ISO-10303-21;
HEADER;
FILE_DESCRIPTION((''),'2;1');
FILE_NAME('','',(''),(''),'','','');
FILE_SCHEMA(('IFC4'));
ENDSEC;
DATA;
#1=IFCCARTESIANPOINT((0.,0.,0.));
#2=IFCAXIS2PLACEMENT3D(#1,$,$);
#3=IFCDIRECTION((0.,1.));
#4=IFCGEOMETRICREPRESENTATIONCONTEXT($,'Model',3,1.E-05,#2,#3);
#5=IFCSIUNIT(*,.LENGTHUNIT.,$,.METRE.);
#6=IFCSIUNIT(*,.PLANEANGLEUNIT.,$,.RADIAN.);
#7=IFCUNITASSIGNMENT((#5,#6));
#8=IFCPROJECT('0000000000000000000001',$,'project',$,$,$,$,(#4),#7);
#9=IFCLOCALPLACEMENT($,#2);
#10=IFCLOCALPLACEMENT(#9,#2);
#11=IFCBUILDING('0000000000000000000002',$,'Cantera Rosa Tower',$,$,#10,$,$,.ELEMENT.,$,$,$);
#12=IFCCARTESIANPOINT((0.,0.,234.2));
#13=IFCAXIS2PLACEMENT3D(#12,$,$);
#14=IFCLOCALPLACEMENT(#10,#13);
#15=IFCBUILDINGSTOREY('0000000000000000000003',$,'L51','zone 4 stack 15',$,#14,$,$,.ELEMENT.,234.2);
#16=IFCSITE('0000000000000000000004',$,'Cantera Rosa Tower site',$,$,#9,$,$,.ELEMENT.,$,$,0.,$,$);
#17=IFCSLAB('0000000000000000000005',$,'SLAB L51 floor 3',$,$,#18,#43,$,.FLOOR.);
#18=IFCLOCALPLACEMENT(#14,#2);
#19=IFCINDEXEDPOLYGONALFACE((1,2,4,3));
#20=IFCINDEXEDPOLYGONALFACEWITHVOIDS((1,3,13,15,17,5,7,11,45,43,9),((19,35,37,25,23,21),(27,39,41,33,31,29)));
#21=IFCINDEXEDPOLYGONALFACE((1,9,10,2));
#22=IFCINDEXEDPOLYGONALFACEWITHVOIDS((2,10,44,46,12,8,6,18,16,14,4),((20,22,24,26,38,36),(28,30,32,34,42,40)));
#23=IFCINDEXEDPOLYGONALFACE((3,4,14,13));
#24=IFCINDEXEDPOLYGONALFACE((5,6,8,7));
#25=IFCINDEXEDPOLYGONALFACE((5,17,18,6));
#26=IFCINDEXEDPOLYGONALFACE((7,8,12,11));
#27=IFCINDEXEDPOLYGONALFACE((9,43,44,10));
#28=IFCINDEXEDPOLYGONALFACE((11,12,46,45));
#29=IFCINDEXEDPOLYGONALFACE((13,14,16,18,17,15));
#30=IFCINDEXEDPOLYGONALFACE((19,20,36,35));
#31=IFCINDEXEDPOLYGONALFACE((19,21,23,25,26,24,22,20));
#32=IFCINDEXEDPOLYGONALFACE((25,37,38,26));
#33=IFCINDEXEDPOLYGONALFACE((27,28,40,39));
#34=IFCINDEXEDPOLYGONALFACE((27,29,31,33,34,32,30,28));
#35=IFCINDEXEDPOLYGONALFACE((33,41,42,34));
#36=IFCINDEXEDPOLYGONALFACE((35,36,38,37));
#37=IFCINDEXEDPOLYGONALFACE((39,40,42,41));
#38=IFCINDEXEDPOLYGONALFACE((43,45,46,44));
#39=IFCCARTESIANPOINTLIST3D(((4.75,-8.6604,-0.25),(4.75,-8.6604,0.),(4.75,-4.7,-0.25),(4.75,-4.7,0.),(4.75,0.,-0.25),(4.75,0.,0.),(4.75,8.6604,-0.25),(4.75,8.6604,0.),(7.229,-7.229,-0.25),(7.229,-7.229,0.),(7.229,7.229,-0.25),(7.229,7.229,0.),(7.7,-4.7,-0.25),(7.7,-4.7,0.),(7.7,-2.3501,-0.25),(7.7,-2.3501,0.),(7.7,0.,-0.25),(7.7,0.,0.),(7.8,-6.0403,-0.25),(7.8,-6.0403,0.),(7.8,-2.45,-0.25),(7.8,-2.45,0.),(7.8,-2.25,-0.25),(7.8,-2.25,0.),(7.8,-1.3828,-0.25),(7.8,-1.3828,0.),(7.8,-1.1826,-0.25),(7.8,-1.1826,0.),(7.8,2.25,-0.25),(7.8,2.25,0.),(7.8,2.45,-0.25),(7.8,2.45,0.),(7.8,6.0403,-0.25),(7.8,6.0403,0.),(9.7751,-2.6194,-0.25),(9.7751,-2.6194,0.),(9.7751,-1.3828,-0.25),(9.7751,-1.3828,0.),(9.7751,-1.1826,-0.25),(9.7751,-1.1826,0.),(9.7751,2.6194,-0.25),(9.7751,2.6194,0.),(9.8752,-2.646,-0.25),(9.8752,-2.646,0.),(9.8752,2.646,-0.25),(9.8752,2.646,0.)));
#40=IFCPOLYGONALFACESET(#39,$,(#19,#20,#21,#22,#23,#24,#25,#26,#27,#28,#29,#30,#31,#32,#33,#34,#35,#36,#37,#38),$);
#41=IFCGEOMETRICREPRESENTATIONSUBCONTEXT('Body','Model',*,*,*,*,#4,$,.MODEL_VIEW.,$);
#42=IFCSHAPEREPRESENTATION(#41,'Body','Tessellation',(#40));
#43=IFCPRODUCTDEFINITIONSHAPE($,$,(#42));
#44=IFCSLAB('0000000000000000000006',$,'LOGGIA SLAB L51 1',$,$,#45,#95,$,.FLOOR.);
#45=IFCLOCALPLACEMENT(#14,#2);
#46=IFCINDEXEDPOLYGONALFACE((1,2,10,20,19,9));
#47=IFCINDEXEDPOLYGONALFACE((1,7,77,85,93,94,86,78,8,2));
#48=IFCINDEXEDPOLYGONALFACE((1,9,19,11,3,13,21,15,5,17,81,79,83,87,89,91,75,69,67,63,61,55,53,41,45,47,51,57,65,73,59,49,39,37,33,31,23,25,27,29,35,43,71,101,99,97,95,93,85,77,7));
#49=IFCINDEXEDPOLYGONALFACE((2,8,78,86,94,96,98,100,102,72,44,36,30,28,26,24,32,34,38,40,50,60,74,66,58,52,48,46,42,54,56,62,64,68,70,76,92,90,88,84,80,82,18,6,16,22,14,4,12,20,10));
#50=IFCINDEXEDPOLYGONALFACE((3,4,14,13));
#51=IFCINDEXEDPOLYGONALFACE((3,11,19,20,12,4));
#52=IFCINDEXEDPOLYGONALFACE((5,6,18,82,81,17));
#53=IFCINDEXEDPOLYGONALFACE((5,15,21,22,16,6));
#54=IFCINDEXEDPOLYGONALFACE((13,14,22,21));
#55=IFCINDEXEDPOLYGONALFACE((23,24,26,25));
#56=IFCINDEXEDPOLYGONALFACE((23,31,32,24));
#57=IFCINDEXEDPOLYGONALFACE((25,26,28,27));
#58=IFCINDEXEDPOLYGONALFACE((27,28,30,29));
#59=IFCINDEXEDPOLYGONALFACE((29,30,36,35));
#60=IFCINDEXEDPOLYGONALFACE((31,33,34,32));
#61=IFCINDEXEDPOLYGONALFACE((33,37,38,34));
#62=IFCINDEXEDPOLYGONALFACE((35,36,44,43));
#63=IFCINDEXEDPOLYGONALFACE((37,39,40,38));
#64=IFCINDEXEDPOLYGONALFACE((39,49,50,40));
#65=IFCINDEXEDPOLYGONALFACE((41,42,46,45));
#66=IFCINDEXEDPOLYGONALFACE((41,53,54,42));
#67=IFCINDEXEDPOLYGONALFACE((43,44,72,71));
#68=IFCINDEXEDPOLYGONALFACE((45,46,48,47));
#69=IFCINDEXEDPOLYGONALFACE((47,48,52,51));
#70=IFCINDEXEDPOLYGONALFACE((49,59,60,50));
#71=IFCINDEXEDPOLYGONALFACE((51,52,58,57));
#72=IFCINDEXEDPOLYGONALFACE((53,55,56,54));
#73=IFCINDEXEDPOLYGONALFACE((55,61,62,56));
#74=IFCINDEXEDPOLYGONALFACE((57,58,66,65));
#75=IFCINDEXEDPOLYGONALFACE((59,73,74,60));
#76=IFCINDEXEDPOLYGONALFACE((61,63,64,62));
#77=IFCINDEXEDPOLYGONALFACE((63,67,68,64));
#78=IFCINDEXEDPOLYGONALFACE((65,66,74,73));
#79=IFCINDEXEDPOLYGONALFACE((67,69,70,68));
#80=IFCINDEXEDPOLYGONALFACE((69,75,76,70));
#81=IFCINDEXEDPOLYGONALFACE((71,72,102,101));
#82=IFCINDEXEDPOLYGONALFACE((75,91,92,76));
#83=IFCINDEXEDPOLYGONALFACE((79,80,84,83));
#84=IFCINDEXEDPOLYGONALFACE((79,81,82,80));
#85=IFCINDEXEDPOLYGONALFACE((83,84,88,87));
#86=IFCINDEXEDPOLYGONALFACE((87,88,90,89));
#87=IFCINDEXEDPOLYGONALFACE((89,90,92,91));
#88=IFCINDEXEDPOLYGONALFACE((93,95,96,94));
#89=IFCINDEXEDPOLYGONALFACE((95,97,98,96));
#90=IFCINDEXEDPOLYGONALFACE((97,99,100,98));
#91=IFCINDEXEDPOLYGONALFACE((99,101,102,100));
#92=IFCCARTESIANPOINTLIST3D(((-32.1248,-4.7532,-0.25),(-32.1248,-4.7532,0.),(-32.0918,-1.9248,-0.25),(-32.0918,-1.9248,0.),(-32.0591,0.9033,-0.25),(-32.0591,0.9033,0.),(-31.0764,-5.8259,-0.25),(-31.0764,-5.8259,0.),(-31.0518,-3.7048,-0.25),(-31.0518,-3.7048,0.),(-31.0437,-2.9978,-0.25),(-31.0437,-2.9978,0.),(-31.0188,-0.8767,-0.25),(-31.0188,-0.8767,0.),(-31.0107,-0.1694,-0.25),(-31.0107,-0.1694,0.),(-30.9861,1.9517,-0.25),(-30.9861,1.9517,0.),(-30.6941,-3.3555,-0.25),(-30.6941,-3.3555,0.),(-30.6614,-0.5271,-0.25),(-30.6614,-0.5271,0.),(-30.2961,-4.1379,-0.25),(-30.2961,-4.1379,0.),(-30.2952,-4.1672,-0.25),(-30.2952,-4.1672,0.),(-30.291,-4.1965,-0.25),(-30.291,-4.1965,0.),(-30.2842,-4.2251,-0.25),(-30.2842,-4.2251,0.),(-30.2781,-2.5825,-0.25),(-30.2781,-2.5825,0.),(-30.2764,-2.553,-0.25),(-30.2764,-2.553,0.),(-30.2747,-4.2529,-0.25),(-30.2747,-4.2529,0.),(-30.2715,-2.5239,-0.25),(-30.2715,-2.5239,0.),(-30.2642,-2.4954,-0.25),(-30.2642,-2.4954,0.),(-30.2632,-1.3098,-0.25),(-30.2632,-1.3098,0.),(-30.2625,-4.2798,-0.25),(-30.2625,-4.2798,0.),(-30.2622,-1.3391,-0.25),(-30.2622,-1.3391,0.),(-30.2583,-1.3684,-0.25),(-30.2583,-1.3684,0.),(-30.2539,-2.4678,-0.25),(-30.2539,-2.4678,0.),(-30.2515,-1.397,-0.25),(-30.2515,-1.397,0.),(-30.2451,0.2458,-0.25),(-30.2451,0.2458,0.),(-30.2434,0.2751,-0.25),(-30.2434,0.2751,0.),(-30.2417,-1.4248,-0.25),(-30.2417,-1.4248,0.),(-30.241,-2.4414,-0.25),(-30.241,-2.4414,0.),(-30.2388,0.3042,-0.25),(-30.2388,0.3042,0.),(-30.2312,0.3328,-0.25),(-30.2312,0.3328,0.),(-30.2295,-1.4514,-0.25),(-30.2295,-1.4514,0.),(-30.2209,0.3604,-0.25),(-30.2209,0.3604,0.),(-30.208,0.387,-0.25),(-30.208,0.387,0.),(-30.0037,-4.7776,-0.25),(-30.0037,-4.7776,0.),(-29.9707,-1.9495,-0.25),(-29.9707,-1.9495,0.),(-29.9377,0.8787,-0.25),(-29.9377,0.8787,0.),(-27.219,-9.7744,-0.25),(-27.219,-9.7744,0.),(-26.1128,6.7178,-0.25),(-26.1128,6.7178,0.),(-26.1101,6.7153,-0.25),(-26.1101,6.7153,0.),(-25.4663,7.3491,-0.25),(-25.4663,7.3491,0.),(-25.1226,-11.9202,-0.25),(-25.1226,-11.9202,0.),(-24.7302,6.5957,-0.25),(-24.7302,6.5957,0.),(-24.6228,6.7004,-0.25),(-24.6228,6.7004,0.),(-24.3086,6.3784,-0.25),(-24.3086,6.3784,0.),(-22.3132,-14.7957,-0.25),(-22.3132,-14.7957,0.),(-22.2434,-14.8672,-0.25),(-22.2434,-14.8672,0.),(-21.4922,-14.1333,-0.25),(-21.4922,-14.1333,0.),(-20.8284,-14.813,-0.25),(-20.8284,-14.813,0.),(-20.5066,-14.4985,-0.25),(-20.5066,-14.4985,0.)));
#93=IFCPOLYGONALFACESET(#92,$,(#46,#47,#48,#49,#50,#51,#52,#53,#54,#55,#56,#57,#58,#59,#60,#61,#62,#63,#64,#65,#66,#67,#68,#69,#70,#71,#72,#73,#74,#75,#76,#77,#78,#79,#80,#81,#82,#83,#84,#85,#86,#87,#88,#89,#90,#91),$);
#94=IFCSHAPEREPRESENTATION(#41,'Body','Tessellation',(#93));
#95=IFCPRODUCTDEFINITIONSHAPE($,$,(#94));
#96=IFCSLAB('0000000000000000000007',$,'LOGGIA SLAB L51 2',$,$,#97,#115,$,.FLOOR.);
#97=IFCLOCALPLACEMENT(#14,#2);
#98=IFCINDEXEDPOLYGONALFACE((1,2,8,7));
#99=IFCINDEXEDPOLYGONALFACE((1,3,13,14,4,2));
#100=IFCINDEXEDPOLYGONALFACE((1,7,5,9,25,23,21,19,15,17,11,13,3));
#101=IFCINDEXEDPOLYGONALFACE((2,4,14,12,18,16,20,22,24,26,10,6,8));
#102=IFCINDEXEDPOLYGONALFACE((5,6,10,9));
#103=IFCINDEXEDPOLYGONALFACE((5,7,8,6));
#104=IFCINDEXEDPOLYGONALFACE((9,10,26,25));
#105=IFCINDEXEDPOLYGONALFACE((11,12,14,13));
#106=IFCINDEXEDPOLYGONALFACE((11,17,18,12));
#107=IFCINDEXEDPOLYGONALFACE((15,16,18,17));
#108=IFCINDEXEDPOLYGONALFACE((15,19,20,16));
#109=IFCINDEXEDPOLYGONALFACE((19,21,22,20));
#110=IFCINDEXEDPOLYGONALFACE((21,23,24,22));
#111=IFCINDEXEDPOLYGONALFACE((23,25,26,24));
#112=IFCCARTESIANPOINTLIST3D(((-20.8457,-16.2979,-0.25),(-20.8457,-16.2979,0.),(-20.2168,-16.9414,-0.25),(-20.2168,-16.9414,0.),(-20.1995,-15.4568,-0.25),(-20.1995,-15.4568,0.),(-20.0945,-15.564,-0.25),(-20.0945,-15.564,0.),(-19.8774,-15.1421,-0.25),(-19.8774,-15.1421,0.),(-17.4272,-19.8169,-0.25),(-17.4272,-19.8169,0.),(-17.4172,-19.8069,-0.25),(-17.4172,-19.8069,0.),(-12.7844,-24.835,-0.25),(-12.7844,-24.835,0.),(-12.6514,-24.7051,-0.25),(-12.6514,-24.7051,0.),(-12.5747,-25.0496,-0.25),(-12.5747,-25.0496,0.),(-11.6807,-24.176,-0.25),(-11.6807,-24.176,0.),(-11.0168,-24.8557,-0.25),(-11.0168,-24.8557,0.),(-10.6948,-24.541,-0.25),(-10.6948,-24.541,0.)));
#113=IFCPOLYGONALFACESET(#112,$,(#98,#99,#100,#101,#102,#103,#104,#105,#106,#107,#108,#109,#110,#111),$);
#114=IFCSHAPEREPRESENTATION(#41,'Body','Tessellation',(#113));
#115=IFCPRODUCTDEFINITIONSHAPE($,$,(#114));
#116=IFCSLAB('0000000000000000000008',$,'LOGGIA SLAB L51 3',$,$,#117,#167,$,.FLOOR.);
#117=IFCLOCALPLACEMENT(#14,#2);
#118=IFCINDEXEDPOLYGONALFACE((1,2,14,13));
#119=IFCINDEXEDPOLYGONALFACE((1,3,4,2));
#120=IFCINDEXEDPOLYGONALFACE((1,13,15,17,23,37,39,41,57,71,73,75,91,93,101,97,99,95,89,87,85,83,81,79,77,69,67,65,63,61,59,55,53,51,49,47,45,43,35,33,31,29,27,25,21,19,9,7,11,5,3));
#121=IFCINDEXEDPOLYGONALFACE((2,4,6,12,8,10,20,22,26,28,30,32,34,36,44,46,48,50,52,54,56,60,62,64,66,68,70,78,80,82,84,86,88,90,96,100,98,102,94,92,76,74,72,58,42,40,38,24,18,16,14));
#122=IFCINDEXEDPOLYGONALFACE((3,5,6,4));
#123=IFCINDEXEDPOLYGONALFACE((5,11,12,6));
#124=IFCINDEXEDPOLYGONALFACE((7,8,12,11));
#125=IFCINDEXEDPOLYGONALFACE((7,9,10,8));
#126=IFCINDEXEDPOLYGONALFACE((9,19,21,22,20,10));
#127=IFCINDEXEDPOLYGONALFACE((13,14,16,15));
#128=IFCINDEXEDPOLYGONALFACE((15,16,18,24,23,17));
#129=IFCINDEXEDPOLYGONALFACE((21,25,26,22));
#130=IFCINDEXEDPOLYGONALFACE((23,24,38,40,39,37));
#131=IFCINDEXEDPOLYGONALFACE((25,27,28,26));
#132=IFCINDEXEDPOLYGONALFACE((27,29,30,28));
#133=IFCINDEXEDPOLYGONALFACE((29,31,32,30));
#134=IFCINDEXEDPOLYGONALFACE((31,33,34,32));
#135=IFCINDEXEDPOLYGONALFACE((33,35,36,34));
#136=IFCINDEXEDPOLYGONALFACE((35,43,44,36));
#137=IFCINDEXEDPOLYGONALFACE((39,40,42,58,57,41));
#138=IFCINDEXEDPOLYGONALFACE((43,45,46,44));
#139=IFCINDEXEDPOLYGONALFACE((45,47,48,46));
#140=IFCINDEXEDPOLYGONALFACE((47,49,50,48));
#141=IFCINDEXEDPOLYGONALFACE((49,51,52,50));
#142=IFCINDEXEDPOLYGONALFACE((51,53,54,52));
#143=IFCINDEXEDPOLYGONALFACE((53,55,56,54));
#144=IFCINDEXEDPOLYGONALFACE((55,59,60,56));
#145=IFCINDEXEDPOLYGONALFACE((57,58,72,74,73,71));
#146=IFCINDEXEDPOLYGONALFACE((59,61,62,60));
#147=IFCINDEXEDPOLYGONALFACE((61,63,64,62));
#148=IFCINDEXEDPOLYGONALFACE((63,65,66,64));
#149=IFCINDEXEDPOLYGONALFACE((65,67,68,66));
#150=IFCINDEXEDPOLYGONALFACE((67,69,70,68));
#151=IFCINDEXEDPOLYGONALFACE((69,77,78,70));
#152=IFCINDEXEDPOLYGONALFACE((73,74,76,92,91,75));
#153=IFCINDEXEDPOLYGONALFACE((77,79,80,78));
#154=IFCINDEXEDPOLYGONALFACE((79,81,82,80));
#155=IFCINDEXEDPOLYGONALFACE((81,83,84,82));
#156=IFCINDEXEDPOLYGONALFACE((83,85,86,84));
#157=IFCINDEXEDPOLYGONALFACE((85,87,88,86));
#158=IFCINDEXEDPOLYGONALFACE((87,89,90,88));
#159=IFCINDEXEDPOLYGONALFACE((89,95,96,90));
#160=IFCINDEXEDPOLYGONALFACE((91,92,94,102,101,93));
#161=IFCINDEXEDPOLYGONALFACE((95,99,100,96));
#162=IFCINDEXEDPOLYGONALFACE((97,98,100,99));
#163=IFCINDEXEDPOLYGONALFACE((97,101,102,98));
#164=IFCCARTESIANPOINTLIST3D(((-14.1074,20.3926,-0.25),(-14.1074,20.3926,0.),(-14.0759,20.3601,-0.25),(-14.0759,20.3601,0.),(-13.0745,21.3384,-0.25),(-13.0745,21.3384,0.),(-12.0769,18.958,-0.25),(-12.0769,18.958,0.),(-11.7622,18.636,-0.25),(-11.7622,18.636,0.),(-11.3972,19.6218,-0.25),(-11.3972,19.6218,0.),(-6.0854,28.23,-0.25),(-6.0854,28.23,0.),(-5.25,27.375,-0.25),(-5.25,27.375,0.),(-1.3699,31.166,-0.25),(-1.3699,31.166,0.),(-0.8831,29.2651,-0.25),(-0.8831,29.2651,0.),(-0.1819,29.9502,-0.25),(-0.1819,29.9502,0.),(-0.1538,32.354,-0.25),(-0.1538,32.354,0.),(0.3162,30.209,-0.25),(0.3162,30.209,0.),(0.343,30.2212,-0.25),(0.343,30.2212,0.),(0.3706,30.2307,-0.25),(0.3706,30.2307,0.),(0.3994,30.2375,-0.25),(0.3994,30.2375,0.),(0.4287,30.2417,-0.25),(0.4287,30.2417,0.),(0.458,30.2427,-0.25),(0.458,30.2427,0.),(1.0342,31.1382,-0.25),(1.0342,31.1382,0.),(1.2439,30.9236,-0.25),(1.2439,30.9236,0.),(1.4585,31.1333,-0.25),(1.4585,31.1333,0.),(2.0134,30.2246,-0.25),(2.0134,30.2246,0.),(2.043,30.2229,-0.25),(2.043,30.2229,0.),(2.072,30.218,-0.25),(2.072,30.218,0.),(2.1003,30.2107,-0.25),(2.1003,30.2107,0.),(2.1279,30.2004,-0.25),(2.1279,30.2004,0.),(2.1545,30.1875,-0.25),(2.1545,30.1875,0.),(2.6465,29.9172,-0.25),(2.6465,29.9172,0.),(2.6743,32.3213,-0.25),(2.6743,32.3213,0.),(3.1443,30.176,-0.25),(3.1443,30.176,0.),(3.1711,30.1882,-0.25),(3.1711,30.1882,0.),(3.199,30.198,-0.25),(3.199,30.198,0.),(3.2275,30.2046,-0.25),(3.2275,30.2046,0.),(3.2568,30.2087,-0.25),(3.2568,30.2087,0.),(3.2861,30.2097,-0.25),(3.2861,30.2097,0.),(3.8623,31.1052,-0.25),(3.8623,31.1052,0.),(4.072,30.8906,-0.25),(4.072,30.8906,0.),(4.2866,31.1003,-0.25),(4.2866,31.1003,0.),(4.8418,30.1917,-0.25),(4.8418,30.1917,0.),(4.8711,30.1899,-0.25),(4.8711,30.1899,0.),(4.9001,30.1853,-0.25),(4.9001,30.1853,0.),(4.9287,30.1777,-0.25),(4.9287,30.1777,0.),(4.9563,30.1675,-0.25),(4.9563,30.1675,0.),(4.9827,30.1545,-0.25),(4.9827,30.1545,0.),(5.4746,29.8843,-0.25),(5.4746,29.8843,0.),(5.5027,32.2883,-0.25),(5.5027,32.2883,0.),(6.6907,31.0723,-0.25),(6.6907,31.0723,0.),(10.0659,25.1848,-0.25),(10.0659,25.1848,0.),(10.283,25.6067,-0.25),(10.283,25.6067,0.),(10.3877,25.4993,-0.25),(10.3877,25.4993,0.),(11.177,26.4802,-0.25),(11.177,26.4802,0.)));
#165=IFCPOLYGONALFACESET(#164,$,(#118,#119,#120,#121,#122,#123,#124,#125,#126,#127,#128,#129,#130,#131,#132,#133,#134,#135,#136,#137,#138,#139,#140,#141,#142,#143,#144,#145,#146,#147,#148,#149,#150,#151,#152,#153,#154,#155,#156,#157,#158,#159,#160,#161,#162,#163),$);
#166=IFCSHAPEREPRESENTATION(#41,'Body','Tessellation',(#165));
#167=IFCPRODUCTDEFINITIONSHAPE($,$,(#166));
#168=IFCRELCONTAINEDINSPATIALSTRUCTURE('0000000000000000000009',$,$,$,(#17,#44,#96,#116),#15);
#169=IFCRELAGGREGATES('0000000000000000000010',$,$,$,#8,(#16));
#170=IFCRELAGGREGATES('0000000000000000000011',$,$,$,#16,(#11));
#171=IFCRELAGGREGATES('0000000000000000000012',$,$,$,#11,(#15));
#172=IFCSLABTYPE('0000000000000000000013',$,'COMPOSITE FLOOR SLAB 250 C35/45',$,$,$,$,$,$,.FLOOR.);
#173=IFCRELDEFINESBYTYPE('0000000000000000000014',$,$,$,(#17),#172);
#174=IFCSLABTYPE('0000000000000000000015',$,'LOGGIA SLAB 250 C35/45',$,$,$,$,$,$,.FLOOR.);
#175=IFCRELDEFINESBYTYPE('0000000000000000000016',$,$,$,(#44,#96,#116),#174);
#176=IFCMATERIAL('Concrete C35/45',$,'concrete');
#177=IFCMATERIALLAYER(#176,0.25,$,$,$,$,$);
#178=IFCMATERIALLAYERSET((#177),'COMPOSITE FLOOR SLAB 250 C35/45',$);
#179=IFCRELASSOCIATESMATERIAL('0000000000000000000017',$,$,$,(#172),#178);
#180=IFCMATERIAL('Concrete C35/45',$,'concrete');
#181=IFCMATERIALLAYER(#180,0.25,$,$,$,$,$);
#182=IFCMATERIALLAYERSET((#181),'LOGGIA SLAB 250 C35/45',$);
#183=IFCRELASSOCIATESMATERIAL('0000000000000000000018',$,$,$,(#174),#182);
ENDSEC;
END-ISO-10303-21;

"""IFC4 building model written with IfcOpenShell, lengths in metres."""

from ifc_helpers import new_model, si_unit, direction, frame, origin, place, context, subcontext, project, spatial, polyline, outline, extrude, material, layer, layer_set, type_object, element, save


model = new_model("IFC4")

# Units and contexts
model_context = context("Model", 3, precision=1e-05, world=origin(), true_north=direction((0.0, 1.0)))
body_context = subcontext(model_context, "Body", "Model", "MODEL_VIEW")
ifc_project = project(units=[si_unit("LENGTHUNIT", "METRE"), si_unit("PLANEANGLEUNIT", "RADIAN")], contexts=[model_context])

# Site, building, storey
site_placement = place(None, origin())
site = spatial("IfcSite", under=ifc_project, at=site_placement, Name="Cantera Rosa Tower site", CompositionType="ELEMENT", RefElevation=0.0)
building_placement = place(site_placement, origin())
building = spatial("IfcBuilding", under=site, at=building_placement, Name="Cantera Rosa Tower", CompositionType="ELEMENT")
storey_placement = place(building_placement, frame((0.0, 0.0, 234.2)))
storey = spatial("IfcBuildingStorey", under=building, at=storey_placement, Name="L51", Description="zone 4 stack 15", CompositionType="ELEMENT", Elevation=234.2)

# Slabs
ifc_material_1 = material(Name="Concrete C35/45", Category="concrete")
ifc_layer_1 = layer(ifc_material_1, 0.25)
ifc_layer_set_1 = layer_set([ifc_layer_1], Name="COMPOSITE FLOOR SLAB 250 C35/45")
slab_type_1 = type_object("IfcSlabType", Name="COMPOSITE FLOOR SLAB 250 C35/45", PredefinedType="FLOOR", material=ifc_layer_set_1)
slab_1_placement = place(storey_placement, frame((0.0, 0.0, -0.25)))
element("IfcSlab", 1, at=slab_1_placement, inside=storey, type_object=slab_type_1, Name="SLAB L51 floor 3", PredefinedType="FLOOR", context=body_context, shape_type="SweptSolid", body=[
    extrude(outline(polyline([(7.7, 0.0), (4.75, 0.0), (4.75, 8.6604), (7.229, 7.229), (9.8752, 2.646), (9.8752, -2.646), (7.229, -7.229), (4.75, -8.6604), (4.75, -4.7), (7.7, -4.7), (7.7, -2.3501), (7.7, 0.0)]), holes=[polyline([(9.7751, -1.3828), (7.8, -1.3828), (7.8, -2.25), (7.8, -2.45), (7.8, -6.0403), (9.7751, -2.6194), (9.7751, -1.3828)]), polyline([(9.7751, 2.6194), (7.8, 6.0403), (7.8, 2.45), (7.8, 2.25), (7.8, -1.1826), (9.7751, -1.1826), (9.7751, 2.6194)])]), origin(), (0.0, 0.0, 1.0), 0.25),
])
ifc_material_2 = material(Name="Concrete C35/45", Category="concrete")
ifc_layer_2 = layer(ifc_material_2, 0.25)
ifc_layer_set_2 = layer_set([ifc_layer_2], Name="LOGGIA SLAB 250 C35/45")
slab_type_2 = type_object("IfcSlabType", Name="LOGGIA SLAB 250 C35/45", PredefinedType="FLOOR", material=ifc_layer_set_2)
slab_2_placement = place(storey_placement, frame((0.0, 0.0, -0.25)))
element("IfcSlab", 2, at=slab_2_placement, inside=storey, type_object=slab_type_2, Name="LOGGIA SLAB L51 1", PredefinedType="FLOOR", context=body_context, shape_type="SweptSolid", body=[
    extrude(outline(polyline([(-27.219, -9.7744), (-31.0764, -5.8259), (-32.1248, -4.7532), (-31.0518, -3.7048), (-30.6941, -3.3555), (-31.0437, -2.9978), (-32.0918, -1.9248), (-31.0188, -0.8767), (-30.6614, -0.5271), (-31.0107, -0.1694), (-32.0591, 0.9033), (-30.9861, 1.9517), (-26.1101, 6.7153), (-26.1128, 6.7178), (-25.4663, 7.3491), (-24.7302, 6.5957), (-24.6228, 6.7004), (-24.3086, 6.3784), (-29.9377, 0.8787), (-30.208, 0.387), (-30.2209, 0.3604), (-30.2312, 0.3328), (-30.2388, 0.3042), (-30.2434, 0.2751), (-30.2451, 0.2458), (-30.2632, -1.3098), (-30.2622, -1.3391), (-30.2583, -1.3684), (-30.2515, -1.397), (-30.2417, -1.4248), (-30.2295, -1.4514), (-29.9707, -1.9495), (-30.241, -2.4414), (-30.2539, -2.4678), (-30.2642, -2.4954), (-30.2715, -2.5239), (-30.2764, -2.553), (-30.2781, -2.5825), (-30.2961, -4.1379), (-30.2952, -4.1672), (-30.291, -4.1965), (-30.2842, -4.2251), (-30.2747, -4.2529), (-30.2625, -4.2798), (-30.0037, -4.7776), (-20.5066, -14.4985), (-20.8284, -14.813), (-21.4922, -14.1333), (-22.2434, -14.8672), (-22.3132, -14.7957), (-25.1226, -11.9202), (-27.219, -9.7744)])), origin(), (0.0, 0.0, 1.0), 0.25),
])
slab_3_placement = place(storey_placement, frame((0.0, 0.0, -0.25)))
element("IfcSlab", 3, at=slab_3_placement, inside=storey, type_object=slab_type_2, Name="LOGGIA SLAB L51 2", PredefinedType="FLOOR", context=body_context, shape_type="SweptSolid", body=[
    extrude(outline(polyline([(-17.4272, -19.8169), (-17.4172, -19.8069), (-20.2168, -16.9414), (-20.8457, -16.2979), (-20.0945, -15.564), (-20.1995, -15.4568), (-19.8774, -15.1421), (-10.6948, -24.541), (-11.0168, -24.8557), (-11.6807, -24.176), (-12.5747, -25.0496), (-12.7844, -24.835), (-12.6514, -24.7051), (-17.4272, -19.8169)])), origin(), (0.0, 0.0, 1.0), 0.25),
])
slab_4_placement = place(storey_placement, frame((0.0, 0.0, -0.25)))
element("IfcSlab", 4, at=slab_4_placement, inside=storey, type_object=slab_type_2, Name="LOGGIA SLAB L51 3", PredefinedType="FLOOR", context=body_context, shape_type="SweptSolid", body=[
    extrude(outline(polyline([(-5.25, 27.375), (-1.3699, 31.166), (-0.1538, 32.354), (1.0342, 31.1382), (1.2439, 30.9236), (1.4585, 31.1333), (2.6743, 32.3213), (3.8623, 31.1052), (4.072, 30.8906), (4.2866, 31.1003), (5.5027, 32.2883), (6.6907, 31.0723), (11.177, 26.4802), (10.283, 25.6067), (10.3877, 25.4993), (10.0659, 25.1848), (5.4746, 29.8843), (4.9827, 30.1545), (4.9563, 30.1675), (4.9287, 30.1777), (4.9001, 30.1853), (4.8711, 30.1899), (4.8418, 30.1917), (3.2861, 30.2097), (3.2568, 30.2087), (3.2275, 30.2046), (3.199, 30.198), (3.1711, 30.1882), (3.1443, 30.176), (2.6465, 29.9172), (2.1545, 30.1875), (2.1279, 30.2004), (2.1003, 30.2107), (2.072, 30.218), (2.043, 30.2229), (2.0134, 30.2246), (0.458, 30.2427), (0.4287, 30.2417), (0.3994, 30.2375), (0.3706, 30.2307), (0.343, 30.2212), (0.3162, 30.209), (-0.1819, 29.9502), (-0.8831, 29.2651), (-11.7622, 18.636), (-12.0769, 18.958), (-11.3972, 19.6218), (-13.0745, 21.3384), (-14.0759, 20.3601), (-14.1074, 20.3926), (-6.0854, 28.23), (-5.25, 27.375)])), origin(), (0.0, 0.0, 1.0), 0.25),
])

save(model, "model.ifc")
